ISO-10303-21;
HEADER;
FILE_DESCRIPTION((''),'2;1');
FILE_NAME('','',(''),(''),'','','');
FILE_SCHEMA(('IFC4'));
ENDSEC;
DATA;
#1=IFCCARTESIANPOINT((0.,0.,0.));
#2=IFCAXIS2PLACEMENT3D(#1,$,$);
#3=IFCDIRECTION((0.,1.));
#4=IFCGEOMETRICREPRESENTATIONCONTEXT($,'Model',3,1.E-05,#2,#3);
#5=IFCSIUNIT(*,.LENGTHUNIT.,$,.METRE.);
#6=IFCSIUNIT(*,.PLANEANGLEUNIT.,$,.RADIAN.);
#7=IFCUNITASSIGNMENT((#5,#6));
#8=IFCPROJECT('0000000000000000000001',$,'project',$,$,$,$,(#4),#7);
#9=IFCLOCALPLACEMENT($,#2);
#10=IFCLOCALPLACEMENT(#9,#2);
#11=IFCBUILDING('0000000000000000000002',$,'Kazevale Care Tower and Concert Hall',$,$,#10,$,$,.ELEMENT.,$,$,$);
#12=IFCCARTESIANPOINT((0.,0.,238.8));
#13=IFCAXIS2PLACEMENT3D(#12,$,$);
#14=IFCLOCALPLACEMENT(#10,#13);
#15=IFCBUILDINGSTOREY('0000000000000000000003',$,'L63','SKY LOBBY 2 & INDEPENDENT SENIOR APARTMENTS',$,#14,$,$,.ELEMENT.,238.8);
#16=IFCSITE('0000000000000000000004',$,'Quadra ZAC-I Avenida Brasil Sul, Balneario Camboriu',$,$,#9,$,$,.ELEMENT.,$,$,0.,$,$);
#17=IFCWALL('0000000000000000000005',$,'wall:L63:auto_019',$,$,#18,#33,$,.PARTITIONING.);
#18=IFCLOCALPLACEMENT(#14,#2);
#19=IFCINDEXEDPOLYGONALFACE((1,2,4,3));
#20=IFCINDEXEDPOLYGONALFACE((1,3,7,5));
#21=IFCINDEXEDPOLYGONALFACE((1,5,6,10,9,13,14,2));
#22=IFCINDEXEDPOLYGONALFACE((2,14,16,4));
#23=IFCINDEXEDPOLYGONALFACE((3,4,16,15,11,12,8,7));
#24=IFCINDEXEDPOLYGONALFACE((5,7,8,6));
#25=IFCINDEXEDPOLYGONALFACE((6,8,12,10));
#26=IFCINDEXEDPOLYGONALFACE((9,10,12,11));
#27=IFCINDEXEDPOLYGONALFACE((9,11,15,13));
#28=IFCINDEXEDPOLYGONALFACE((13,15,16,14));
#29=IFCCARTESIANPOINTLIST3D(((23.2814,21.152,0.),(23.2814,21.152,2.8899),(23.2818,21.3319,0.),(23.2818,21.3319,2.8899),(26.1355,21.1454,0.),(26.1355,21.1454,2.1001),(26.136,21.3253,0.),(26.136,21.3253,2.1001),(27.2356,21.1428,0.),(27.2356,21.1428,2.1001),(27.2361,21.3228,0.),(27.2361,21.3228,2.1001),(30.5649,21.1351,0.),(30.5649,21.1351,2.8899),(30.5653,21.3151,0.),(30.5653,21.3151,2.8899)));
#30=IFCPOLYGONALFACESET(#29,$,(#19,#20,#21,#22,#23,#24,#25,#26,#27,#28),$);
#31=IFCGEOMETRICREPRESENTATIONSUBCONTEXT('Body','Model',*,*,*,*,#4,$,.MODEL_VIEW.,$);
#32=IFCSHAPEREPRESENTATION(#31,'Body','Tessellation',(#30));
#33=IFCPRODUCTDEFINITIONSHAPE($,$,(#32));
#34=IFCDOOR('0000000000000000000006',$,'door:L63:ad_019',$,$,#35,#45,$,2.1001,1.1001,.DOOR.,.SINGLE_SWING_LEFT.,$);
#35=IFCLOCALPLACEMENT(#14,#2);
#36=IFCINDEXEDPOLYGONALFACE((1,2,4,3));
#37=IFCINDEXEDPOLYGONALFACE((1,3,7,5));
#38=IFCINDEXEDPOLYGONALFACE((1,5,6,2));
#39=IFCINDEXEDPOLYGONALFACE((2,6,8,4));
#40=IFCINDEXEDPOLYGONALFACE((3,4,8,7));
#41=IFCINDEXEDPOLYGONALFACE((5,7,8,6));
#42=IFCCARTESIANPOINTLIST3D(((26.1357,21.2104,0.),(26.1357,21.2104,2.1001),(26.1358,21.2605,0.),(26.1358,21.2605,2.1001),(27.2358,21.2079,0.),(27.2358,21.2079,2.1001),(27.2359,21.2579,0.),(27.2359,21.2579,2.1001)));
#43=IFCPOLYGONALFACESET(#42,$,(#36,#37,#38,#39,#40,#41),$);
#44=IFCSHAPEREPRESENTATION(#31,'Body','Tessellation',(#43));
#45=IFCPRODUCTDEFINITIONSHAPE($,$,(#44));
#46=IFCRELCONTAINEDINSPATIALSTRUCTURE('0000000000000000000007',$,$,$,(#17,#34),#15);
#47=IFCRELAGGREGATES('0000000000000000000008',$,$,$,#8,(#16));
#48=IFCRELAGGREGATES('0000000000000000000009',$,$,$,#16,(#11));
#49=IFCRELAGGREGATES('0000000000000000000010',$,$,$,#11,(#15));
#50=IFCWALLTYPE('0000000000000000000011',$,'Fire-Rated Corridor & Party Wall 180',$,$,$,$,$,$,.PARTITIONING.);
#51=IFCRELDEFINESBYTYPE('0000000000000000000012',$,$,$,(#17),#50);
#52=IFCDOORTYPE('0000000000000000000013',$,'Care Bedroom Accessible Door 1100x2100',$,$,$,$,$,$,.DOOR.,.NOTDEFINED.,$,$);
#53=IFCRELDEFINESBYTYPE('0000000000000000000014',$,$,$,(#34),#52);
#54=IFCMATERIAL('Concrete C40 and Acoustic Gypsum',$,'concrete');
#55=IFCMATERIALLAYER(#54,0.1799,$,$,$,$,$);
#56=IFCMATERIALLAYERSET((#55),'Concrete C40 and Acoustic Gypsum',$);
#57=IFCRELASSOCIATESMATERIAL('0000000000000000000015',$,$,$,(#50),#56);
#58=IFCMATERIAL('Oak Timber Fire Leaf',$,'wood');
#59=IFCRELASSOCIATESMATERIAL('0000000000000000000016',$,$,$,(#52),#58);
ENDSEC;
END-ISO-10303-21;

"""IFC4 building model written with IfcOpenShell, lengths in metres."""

from ifc_helpers import new_model, si_unit, direction, frame, frame_2d, origin, place, context, subcontext, project, spatial, rectangle, extrude, material, layer, layer_set, type_object, element, fill, save


model = new_model("IFC4")

# Units and contexts
model_context = context("Model", 3, precision=1e-05, world=origin(), true_north=direction((0.0, 1.0)))
body_context = subcontext(model_context, "Body", "Model", "MODEL_VIEW")
ifc_project = project(units=[si_unit("LENGTHUNIT", "METRE"), si_unit("PLANEANGLEUNIT", "RADIAN")], contexts=[model_context])

# Site, building, storey
site_placement = place(None, origin())
site = spatial("IfcSite", under=ifc_project, at=site_placement, Name="Quadra ZAC-I Avenida Brasil Sul, Balneario Camboriu", CompositionType="ELEMENT", RefElevation=0.0)
building_placement = place(site_placement, origin())
building = spatial("IfcBuilding", under=site, at=building_placement, Name="Kazevale Care Tower and Concert Hall", CompositionType="ELEMENT")
storey_placement = place(building_placement, frame((0.0, 0.0, 238.8)))
storey = spatial("IfcBuildingStorey", under=building, at=storey_placement, Name="L63", Description="SKY LOBBY 2 & INDEPENDENT SENIOR APARTMENTS", CompositionType="ELEMENT", Elevation=238.8)

# Wall, opening, door
ifc_material_1 = material(Name="Concrete C40 and Acoustic Gypsum", Category="concrete")
ifc_layer_1 = layer(ifc_material_1, 0.1799)
ifc_layer_set_1 = layer_set([ifc_layer_1], Name="Concrete C40 and Acoustic Gypsum")
wall_type_1 = type_object("IfcWallType", Name="Fire-Rated Corridor & Party Wall 180", PredefinedType="PARTITIONING", material=ifc_layer_set_1)
wall_1_placement = place(storey_placement, frame((30.5649, 21.2251, 0.0), z_axis=(0.0, 0.0, 1.0), x_axis=(-0.999997, 0.002313, 0.0)))
wall_1 = element("IfcWall", 1, at=wall_1_placement, inside=storey, type_object=wall_type_1, Name="wall:L63:auto_019", PredefinedType="PARTITIONING", context=body_context, shape_type="SweptSolid", body=[
    extrude(rectangle(XDim=7.2834, YDim=0.1799, at=frame_2d((3.6416, 0.0))), origin(), (0.0, 0.0, 1.0), 2.8899),
])
opening_placement = place(wall_1_placement, frame((3.3291, 0.0, 0.0)))
opening = element("IfcOpeningElement", 2, at=opening_placement, cuts=wall_1, PredefinedType="OPENING", context=body_context, shape_type="SweptSolid", body=[
    extrude(rectangle(XDim=1.1001, YDim=2.1001, at=frame_2d((0.55, 1.05))), frame((0.0, 0.0999, 0.0), z_axis=(0.0, -1.0, 0.0), x_axis=(1.0, 0.0, 0.0)), (0.0, 0.0, 1.0), 0.2),
])
ifc_material_2 = material(Name="Oak Timber Fire Leaf", Category="wood")
door_type = type_object("IfcDoorType", Name="Care Bedroom Accessible Door 1100x2100", OperationType="NOTDEFINED", PredefinedType="DOOR", material=ifc_material_2)
door_placement = place(opening_placement, origin())
door = element("IfcDoor", 3, at=door_placement, inside=storey, type_object=door_type, Name="door:L63:ad_019", OperationType="SINGLE_SWING_LEFT", OverallHeight=2.1001, OverallWidth=1.1001, PredefinedType="DOOR", context=body_context, shape_type="SweptSolid", body=[
    extrude(rectangle(XDim=1.1001, YDim=2.1001, at=frame_2d((0.55, 1.05))), frame((0.0, 0.0249, 0.0), z_axis=(0.0, -1.0, 0.0), x_axis=(1.0, 0.0, 0.0)), (0.0, 0.0, 1.0), 0.05),
])
fill(opening, door)

save(model, "model.ifc")
